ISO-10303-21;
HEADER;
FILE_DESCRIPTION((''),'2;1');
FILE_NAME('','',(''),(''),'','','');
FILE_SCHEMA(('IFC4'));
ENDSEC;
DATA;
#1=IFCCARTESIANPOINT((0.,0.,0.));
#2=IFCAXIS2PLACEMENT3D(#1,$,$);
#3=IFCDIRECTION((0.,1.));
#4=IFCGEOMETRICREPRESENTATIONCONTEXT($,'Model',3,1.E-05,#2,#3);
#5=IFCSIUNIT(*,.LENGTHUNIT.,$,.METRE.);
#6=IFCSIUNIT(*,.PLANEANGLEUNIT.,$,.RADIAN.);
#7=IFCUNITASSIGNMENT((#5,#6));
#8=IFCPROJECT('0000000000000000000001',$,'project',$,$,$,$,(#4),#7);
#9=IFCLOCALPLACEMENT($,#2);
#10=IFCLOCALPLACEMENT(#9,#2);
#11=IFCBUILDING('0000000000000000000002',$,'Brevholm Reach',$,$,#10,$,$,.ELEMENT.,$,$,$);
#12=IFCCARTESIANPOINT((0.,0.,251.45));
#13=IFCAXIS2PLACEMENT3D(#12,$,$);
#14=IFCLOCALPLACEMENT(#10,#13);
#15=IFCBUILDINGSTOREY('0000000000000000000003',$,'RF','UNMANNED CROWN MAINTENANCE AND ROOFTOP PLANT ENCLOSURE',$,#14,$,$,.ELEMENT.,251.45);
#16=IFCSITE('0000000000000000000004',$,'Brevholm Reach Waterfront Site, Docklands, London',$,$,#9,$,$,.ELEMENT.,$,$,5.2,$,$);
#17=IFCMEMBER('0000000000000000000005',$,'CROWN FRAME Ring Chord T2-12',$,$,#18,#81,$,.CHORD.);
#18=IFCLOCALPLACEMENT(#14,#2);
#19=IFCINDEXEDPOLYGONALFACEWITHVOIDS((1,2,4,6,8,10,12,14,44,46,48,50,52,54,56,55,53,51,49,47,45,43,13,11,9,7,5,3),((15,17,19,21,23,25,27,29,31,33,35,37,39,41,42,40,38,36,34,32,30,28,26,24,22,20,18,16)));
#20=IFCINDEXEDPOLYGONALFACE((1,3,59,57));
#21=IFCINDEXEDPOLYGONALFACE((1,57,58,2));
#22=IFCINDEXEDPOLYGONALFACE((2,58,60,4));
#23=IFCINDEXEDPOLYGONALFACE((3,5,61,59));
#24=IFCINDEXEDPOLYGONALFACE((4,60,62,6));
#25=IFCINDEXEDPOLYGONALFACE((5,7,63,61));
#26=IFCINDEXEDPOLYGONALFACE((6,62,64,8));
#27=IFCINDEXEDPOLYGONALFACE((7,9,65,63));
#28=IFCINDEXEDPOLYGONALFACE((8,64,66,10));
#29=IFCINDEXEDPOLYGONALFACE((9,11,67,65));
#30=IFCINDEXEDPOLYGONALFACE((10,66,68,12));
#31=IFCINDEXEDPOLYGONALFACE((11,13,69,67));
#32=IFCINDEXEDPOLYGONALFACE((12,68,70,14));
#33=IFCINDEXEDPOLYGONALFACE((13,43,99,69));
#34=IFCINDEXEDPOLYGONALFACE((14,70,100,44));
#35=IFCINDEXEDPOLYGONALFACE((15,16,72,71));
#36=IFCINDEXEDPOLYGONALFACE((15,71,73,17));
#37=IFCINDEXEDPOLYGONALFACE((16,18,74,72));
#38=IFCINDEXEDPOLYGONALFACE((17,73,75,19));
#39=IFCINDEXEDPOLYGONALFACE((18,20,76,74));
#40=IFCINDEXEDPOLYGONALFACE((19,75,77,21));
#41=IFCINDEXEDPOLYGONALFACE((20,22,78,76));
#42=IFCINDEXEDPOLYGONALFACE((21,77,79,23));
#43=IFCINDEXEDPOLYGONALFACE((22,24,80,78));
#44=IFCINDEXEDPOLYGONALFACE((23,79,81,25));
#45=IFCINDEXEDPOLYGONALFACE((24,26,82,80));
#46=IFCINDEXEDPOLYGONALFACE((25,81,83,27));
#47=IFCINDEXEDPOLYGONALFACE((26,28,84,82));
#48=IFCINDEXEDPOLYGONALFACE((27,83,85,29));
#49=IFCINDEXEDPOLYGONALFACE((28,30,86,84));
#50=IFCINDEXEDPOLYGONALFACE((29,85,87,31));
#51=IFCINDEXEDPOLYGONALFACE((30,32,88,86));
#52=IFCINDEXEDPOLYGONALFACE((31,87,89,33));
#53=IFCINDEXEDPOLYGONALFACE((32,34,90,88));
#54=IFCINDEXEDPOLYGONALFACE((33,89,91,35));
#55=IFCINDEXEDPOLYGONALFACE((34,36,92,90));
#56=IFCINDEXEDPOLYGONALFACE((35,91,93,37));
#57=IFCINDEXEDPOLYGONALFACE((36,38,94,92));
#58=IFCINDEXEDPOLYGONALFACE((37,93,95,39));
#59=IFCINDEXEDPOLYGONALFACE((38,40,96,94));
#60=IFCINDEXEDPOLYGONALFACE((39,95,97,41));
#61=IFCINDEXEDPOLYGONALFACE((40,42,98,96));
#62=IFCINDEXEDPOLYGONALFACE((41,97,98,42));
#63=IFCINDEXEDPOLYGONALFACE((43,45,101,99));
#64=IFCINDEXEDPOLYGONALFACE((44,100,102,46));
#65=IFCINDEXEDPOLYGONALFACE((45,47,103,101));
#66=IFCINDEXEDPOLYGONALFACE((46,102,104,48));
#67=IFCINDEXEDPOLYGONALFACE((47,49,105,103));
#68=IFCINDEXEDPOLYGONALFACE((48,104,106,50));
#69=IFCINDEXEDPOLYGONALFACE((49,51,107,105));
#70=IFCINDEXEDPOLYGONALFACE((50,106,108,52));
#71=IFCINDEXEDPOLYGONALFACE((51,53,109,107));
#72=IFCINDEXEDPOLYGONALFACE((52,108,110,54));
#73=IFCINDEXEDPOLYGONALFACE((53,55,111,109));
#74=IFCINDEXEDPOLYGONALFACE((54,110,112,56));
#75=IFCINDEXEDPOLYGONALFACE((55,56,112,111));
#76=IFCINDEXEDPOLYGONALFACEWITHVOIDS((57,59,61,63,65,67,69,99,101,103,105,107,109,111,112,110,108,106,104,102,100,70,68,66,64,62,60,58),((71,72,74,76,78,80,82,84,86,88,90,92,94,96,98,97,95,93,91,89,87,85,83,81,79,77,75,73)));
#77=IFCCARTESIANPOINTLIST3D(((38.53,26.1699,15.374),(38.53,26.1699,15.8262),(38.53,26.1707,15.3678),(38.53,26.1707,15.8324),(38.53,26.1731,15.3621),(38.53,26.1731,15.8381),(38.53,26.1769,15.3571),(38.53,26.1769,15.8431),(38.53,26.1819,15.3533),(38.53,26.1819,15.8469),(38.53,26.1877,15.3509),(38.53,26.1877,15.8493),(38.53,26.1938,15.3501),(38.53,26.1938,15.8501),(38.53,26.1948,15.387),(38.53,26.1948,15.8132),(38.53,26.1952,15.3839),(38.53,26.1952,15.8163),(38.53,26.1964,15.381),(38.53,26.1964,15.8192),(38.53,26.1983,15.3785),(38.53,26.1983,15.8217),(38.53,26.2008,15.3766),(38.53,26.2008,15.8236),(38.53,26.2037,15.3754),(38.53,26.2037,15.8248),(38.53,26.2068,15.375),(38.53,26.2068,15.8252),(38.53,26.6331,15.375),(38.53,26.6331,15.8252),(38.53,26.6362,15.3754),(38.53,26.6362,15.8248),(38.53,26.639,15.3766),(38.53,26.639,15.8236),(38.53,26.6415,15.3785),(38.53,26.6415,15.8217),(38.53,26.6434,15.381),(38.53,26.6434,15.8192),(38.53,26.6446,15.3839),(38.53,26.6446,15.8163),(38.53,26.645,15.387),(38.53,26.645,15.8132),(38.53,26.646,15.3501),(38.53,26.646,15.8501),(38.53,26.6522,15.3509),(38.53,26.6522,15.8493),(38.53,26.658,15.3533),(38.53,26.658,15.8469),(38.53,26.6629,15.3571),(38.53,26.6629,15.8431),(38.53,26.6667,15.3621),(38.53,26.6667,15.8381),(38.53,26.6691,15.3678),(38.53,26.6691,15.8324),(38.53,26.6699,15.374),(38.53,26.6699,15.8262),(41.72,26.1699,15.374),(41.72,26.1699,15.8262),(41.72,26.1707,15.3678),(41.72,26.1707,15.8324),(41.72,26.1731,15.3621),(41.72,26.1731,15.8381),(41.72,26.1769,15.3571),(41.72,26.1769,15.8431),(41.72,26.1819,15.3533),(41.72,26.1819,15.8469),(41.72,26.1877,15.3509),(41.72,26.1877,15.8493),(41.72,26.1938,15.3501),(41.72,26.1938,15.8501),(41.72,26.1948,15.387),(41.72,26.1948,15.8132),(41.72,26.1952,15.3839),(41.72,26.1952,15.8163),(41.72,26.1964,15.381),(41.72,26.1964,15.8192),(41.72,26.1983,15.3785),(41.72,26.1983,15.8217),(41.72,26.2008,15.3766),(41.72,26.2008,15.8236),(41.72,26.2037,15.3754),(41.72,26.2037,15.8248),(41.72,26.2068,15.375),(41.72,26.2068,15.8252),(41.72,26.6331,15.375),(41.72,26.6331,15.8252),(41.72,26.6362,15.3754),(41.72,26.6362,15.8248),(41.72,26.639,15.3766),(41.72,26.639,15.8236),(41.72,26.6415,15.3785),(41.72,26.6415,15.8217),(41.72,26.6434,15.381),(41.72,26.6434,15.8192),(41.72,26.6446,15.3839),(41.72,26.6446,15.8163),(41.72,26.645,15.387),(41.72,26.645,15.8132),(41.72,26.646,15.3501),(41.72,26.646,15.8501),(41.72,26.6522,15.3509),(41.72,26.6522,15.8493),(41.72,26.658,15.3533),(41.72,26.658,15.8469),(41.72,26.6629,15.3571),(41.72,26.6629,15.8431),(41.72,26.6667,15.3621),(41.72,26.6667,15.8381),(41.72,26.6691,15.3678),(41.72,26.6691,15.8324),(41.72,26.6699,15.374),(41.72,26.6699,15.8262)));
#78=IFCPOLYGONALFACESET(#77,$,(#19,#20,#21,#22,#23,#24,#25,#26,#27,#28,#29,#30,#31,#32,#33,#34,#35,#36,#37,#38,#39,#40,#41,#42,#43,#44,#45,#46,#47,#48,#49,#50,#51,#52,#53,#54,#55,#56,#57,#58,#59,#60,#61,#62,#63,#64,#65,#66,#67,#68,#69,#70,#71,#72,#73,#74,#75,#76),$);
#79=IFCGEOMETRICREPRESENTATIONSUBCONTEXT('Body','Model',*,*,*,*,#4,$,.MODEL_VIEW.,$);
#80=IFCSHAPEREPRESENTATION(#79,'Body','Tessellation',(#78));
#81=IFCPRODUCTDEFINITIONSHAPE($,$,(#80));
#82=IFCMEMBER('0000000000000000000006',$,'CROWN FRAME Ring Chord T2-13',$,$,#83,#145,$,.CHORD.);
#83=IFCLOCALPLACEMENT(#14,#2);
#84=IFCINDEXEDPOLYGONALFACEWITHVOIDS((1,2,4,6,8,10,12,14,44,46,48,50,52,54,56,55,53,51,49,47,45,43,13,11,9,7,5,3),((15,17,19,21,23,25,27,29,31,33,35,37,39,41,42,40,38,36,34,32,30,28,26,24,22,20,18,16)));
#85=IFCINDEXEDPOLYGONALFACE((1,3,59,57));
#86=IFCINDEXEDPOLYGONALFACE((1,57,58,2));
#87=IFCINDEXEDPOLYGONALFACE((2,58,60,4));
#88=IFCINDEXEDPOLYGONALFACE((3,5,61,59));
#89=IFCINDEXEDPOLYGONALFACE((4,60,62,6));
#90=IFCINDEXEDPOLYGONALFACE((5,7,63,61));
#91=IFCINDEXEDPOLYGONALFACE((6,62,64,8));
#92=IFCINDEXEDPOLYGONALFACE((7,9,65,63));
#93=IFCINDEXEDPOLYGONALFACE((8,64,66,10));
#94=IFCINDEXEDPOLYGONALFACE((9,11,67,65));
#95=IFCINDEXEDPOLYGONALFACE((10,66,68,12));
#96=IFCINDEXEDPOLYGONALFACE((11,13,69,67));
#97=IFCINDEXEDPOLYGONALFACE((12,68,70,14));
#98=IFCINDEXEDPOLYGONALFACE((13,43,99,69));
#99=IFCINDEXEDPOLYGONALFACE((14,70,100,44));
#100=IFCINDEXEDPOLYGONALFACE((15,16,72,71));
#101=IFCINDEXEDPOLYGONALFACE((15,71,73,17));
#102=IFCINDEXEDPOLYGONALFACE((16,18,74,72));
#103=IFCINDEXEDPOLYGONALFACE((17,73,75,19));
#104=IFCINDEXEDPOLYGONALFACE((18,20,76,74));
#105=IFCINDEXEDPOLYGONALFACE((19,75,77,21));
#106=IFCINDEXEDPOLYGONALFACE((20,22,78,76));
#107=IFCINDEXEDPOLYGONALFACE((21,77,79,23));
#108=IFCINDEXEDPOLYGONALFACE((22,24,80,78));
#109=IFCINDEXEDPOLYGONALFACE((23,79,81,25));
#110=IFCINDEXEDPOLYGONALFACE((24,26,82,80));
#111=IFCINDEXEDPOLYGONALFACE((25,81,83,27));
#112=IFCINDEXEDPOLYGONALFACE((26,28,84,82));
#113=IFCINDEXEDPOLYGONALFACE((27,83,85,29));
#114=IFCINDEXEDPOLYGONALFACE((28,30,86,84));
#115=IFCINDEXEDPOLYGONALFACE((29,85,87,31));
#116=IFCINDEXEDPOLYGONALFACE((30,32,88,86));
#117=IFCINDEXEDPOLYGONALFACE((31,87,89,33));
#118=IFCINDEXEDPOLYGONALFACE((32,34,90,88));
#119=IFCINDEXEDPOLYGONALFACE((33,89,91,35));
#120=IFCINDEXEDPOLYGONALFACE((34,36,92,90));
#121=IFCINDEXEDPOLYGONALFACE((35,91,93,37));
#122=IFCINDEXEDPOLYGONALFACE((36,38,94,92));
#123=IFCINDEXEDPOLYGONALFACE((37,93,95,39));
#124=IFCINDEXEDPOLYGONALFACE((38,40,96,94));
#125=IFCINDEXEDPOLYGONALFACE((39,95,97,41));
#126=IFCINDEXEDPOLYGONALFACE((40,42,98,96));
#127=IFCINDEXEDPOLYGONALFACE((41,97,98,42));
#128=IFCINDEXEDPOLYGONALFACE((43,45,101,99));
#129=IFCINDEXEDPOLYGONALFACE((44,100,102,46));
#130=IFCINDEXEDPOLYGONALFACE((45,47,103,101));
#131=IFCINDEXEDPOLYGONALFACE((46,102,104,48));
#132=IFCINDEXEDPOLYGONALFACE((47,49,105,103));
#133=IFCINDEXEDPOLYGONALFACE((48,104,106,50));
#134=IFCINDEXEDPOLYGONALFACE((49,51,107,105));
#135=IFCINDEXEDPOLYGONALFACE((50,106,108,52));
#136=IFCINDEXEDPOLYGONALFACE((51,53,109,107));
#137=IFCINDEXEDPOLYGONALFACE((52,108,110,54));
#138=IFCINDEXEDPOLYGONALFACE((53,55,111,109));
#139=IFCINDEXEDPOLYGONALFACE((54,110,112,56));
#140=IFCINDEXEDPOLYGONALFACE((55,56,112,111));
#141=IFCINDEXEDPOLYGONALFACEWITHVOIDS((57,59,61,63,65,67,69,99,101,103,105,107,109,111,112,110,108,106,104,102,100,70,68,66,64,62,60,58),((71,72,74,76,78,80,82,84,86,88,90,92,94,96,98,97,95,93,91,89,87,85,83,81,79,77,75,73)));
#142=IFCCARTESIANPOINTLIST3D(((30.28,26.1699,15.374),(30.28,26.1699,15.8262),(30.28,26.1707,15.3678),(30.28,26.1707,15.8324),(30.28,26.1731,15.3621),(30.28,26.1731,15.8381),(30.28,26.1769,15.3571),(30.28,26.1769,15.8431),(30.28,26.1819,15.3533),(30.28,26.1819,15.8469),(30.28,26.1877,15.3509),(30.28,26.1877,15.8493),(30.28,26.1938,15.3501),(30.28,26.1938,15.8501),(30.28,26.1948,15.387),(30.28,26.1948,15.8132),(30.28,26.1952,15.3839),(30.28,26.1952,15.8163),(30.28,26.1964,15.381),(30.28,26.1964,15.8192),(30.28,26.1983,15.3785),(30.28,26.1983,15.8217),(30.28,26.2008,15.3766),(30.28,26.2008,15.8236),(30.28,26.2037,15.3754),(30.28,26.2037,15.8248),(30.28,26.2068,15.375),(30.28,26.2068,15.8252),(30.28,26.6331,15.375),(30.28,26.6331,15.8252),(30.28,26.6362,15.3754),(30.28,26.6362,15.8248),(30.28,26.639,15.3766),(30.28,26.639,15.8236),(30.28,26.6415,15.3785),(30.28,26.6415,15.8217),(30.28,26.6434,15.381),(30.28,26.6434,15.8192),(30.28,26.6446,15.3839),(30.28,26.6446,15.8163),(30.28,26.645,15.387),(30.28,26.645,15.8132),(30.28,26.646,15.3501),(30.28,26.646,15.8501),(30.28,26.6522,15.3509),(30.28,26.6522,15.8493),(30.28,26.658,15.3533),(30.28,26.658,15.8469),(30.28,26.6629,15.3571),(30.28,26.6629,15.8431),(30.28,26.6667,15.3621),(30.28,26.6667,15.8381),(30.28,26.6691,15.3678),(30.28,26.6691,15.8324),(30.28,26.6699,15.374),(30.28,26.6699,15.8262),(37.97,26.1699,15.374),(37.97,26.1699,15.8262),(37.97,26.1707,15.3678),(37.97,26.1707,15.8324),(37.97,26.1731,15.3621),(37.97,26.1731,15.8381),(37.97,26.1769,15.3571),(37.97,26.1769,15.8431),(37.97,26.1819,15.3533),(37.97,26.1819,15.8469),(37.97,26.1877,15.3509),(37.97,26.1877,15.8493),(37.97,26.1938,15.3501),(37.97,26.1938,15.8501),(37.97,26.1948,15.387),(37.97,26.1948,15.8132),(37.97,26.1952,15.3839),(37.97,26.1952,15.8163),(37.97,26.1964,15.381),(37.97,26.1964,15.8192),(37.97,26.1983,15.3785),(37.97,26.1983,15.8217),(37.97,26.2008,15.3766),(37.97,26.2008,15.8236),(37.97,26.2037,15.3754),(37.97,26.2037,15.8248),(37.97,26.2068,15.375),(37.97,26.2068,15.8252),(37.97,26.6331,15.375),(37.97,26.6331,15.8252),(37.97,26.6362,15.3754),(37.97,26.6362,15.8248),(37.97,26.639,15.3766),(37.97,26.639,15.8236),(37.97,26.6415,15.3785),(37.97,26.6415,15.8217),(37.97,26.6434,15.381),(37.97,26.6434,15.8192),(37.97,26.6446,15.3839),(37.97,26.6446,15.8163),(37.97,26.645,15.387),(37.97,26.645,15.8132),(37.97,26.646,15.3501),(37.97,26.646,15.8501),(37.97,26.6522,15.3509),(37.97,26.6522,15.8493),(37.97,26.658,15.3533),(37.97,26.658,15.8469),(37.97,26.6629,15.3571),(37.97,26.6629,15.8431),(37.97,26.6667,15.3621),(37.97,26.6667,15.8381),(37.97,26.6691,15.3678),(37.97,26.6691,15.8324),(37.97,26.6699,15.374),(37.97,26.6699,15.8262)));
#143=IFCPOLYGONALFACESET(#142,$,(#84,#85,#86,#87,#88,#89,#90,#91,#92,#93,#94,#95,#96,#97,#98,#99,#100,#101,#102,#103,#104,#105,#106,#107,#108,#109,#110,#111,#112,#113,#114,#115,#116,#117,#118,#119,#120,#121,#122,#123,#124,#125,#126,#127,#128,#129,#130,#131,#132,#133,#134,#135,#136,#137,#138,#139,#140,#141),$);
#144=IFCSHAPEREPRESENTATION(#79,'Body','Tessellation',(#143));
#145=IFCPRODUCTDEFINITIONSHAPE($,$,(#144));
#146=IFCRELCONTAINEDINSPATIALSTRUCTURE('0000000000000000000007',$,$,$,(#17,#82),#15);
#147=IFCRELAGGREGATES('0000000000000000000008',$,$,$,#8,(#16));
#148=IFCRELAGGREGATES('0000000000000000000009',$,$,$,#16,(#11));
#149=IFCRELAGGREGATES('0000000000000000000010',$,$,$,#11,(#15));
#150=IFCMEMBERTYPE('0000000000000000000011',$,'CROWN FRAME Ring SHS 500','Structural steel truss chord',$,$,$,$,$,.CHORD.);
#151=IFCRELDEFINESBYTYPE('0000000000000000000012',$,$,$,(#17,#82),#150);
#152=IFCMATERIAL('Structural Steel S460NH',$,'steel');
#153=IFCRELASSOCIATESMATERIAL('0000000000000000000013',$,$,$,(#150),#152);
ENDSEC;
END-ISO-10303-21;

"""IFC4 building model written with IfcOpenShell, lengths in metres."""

from ifc_helpers import new_model, si_unit, direction, frame, origin, origin_2d, place, context, subcontext, project, spatial, hollow_rectangle, extrude, material, material_profile, profile_set, type_object, element, save


model = new_model("IFC4")

# Units and contexts
model_context = context("Model", 3, precision=1e-05, world=origin(), true_north=direction((0.0, 1.0)))
body_context = subcontext(model_context, "Body", "Model", "MODEL_VIEW")
ifc_project = project(units=[si_unit("LENGTHUNIT", "METRE"), si_unit("PLANEANGLEUNIT", "RADIAN")], contexts=[model_context])

# Site, building, storey
site_placement = place(None, origin())
site = spatial("IfcSite", under=ifc_project, at=site_placement, Name="Brevholm Reach Waterfront Site, Docklands, London", CompositionType="ELEMENT", RefElevation=5.2)
building_placement = place(site_placement, origin())
building = spatial("IfcBuilding", under=site, at=building_placement, Name="Brevholm Reach", CompositionType="ELEMENT")
storey_placement = place(building_placement, frame((0.0, 0.0, 251.45)))
storey = spatial("IfcBuildingStorey", under=building, at=storey_placement, Name="RF", Description="UNMANNED CROWN MAINTENANCE AND ROOFTOP PLANT ENCLOSURE", CompositionType="ELEMENT", Elevation=251.45)

# Members
ifc_material_1 = material(Name="Structural Steel S460NH", Category="steel")
ifc_material_profile_1 = material_profile(ifc_material_1, hollow_rectangle(XDim=0.5, YDim=0.5, WallThickness=0.0249, InnerFilletRadius=0.012, OuterFilletRadius=0.0239, at=origin_2d()), Name="SHS 500x500x25")
ifc_profile_set_1 = profile_set([ifc_material_profile_1], Name="Structural Steel S460NH")
member_type_1 = type_object("IfcMemberType", Name="CROWN FRAME Ring SHS 500", Description="Structural steel truss chord", PredefinedType="CHORD", material=ifc_profile_set_1)
member_1_placement = place(storey_placement, frame((41.72, 26.4199, 15.6001), z_axis=(-1.0, 0.0, 0.0), x_axis=(0.0, -1.0, 0.0)))
element("IfcMember", 1, at=member_1_placement, inside=storey, type_object=member_type_1, Name="CROWN FRAME Ring Chord T2-12", PredefinedType="CHORD", context=body_context, shape_type="SweptSolid", body=[
    extrude(hollow_rectangle(XDim=0.5, YDim=0.5, WallThickness=0.0249, InnerFilletRadius=0.012, OuterFilletRadius=0.0239, at=origin_2d()), origin(), (0.0, 0.0, 1.0), 3.1899),
])
member_2_placement = place(storey_placement, frame((37.97, 26.4199, 15.6001), z_axis=(-1.0, 0.0, 0.0), x_axis=(0.0, -1.0, 0.0)))
element("IfcMember", 2, at=member_2_placement, inside=storey, type_object=member_type_1, Name="CROWN FRAME Ring Chord T2-13", PredefinedType="CHORD", context=body_context, shape_type="SweptSolid", body=[
    extrude(hollow_rectangle(XDim=0.5, YDim=0.5, WallThickness=0.0249, InnerFilletRadius=0.012, OuterFilletRadius=0.0239, at=origin_2d()), origin(), (0.0, 0.0, 1.0), 7.6899),
])

save(model, "model.ifc")
